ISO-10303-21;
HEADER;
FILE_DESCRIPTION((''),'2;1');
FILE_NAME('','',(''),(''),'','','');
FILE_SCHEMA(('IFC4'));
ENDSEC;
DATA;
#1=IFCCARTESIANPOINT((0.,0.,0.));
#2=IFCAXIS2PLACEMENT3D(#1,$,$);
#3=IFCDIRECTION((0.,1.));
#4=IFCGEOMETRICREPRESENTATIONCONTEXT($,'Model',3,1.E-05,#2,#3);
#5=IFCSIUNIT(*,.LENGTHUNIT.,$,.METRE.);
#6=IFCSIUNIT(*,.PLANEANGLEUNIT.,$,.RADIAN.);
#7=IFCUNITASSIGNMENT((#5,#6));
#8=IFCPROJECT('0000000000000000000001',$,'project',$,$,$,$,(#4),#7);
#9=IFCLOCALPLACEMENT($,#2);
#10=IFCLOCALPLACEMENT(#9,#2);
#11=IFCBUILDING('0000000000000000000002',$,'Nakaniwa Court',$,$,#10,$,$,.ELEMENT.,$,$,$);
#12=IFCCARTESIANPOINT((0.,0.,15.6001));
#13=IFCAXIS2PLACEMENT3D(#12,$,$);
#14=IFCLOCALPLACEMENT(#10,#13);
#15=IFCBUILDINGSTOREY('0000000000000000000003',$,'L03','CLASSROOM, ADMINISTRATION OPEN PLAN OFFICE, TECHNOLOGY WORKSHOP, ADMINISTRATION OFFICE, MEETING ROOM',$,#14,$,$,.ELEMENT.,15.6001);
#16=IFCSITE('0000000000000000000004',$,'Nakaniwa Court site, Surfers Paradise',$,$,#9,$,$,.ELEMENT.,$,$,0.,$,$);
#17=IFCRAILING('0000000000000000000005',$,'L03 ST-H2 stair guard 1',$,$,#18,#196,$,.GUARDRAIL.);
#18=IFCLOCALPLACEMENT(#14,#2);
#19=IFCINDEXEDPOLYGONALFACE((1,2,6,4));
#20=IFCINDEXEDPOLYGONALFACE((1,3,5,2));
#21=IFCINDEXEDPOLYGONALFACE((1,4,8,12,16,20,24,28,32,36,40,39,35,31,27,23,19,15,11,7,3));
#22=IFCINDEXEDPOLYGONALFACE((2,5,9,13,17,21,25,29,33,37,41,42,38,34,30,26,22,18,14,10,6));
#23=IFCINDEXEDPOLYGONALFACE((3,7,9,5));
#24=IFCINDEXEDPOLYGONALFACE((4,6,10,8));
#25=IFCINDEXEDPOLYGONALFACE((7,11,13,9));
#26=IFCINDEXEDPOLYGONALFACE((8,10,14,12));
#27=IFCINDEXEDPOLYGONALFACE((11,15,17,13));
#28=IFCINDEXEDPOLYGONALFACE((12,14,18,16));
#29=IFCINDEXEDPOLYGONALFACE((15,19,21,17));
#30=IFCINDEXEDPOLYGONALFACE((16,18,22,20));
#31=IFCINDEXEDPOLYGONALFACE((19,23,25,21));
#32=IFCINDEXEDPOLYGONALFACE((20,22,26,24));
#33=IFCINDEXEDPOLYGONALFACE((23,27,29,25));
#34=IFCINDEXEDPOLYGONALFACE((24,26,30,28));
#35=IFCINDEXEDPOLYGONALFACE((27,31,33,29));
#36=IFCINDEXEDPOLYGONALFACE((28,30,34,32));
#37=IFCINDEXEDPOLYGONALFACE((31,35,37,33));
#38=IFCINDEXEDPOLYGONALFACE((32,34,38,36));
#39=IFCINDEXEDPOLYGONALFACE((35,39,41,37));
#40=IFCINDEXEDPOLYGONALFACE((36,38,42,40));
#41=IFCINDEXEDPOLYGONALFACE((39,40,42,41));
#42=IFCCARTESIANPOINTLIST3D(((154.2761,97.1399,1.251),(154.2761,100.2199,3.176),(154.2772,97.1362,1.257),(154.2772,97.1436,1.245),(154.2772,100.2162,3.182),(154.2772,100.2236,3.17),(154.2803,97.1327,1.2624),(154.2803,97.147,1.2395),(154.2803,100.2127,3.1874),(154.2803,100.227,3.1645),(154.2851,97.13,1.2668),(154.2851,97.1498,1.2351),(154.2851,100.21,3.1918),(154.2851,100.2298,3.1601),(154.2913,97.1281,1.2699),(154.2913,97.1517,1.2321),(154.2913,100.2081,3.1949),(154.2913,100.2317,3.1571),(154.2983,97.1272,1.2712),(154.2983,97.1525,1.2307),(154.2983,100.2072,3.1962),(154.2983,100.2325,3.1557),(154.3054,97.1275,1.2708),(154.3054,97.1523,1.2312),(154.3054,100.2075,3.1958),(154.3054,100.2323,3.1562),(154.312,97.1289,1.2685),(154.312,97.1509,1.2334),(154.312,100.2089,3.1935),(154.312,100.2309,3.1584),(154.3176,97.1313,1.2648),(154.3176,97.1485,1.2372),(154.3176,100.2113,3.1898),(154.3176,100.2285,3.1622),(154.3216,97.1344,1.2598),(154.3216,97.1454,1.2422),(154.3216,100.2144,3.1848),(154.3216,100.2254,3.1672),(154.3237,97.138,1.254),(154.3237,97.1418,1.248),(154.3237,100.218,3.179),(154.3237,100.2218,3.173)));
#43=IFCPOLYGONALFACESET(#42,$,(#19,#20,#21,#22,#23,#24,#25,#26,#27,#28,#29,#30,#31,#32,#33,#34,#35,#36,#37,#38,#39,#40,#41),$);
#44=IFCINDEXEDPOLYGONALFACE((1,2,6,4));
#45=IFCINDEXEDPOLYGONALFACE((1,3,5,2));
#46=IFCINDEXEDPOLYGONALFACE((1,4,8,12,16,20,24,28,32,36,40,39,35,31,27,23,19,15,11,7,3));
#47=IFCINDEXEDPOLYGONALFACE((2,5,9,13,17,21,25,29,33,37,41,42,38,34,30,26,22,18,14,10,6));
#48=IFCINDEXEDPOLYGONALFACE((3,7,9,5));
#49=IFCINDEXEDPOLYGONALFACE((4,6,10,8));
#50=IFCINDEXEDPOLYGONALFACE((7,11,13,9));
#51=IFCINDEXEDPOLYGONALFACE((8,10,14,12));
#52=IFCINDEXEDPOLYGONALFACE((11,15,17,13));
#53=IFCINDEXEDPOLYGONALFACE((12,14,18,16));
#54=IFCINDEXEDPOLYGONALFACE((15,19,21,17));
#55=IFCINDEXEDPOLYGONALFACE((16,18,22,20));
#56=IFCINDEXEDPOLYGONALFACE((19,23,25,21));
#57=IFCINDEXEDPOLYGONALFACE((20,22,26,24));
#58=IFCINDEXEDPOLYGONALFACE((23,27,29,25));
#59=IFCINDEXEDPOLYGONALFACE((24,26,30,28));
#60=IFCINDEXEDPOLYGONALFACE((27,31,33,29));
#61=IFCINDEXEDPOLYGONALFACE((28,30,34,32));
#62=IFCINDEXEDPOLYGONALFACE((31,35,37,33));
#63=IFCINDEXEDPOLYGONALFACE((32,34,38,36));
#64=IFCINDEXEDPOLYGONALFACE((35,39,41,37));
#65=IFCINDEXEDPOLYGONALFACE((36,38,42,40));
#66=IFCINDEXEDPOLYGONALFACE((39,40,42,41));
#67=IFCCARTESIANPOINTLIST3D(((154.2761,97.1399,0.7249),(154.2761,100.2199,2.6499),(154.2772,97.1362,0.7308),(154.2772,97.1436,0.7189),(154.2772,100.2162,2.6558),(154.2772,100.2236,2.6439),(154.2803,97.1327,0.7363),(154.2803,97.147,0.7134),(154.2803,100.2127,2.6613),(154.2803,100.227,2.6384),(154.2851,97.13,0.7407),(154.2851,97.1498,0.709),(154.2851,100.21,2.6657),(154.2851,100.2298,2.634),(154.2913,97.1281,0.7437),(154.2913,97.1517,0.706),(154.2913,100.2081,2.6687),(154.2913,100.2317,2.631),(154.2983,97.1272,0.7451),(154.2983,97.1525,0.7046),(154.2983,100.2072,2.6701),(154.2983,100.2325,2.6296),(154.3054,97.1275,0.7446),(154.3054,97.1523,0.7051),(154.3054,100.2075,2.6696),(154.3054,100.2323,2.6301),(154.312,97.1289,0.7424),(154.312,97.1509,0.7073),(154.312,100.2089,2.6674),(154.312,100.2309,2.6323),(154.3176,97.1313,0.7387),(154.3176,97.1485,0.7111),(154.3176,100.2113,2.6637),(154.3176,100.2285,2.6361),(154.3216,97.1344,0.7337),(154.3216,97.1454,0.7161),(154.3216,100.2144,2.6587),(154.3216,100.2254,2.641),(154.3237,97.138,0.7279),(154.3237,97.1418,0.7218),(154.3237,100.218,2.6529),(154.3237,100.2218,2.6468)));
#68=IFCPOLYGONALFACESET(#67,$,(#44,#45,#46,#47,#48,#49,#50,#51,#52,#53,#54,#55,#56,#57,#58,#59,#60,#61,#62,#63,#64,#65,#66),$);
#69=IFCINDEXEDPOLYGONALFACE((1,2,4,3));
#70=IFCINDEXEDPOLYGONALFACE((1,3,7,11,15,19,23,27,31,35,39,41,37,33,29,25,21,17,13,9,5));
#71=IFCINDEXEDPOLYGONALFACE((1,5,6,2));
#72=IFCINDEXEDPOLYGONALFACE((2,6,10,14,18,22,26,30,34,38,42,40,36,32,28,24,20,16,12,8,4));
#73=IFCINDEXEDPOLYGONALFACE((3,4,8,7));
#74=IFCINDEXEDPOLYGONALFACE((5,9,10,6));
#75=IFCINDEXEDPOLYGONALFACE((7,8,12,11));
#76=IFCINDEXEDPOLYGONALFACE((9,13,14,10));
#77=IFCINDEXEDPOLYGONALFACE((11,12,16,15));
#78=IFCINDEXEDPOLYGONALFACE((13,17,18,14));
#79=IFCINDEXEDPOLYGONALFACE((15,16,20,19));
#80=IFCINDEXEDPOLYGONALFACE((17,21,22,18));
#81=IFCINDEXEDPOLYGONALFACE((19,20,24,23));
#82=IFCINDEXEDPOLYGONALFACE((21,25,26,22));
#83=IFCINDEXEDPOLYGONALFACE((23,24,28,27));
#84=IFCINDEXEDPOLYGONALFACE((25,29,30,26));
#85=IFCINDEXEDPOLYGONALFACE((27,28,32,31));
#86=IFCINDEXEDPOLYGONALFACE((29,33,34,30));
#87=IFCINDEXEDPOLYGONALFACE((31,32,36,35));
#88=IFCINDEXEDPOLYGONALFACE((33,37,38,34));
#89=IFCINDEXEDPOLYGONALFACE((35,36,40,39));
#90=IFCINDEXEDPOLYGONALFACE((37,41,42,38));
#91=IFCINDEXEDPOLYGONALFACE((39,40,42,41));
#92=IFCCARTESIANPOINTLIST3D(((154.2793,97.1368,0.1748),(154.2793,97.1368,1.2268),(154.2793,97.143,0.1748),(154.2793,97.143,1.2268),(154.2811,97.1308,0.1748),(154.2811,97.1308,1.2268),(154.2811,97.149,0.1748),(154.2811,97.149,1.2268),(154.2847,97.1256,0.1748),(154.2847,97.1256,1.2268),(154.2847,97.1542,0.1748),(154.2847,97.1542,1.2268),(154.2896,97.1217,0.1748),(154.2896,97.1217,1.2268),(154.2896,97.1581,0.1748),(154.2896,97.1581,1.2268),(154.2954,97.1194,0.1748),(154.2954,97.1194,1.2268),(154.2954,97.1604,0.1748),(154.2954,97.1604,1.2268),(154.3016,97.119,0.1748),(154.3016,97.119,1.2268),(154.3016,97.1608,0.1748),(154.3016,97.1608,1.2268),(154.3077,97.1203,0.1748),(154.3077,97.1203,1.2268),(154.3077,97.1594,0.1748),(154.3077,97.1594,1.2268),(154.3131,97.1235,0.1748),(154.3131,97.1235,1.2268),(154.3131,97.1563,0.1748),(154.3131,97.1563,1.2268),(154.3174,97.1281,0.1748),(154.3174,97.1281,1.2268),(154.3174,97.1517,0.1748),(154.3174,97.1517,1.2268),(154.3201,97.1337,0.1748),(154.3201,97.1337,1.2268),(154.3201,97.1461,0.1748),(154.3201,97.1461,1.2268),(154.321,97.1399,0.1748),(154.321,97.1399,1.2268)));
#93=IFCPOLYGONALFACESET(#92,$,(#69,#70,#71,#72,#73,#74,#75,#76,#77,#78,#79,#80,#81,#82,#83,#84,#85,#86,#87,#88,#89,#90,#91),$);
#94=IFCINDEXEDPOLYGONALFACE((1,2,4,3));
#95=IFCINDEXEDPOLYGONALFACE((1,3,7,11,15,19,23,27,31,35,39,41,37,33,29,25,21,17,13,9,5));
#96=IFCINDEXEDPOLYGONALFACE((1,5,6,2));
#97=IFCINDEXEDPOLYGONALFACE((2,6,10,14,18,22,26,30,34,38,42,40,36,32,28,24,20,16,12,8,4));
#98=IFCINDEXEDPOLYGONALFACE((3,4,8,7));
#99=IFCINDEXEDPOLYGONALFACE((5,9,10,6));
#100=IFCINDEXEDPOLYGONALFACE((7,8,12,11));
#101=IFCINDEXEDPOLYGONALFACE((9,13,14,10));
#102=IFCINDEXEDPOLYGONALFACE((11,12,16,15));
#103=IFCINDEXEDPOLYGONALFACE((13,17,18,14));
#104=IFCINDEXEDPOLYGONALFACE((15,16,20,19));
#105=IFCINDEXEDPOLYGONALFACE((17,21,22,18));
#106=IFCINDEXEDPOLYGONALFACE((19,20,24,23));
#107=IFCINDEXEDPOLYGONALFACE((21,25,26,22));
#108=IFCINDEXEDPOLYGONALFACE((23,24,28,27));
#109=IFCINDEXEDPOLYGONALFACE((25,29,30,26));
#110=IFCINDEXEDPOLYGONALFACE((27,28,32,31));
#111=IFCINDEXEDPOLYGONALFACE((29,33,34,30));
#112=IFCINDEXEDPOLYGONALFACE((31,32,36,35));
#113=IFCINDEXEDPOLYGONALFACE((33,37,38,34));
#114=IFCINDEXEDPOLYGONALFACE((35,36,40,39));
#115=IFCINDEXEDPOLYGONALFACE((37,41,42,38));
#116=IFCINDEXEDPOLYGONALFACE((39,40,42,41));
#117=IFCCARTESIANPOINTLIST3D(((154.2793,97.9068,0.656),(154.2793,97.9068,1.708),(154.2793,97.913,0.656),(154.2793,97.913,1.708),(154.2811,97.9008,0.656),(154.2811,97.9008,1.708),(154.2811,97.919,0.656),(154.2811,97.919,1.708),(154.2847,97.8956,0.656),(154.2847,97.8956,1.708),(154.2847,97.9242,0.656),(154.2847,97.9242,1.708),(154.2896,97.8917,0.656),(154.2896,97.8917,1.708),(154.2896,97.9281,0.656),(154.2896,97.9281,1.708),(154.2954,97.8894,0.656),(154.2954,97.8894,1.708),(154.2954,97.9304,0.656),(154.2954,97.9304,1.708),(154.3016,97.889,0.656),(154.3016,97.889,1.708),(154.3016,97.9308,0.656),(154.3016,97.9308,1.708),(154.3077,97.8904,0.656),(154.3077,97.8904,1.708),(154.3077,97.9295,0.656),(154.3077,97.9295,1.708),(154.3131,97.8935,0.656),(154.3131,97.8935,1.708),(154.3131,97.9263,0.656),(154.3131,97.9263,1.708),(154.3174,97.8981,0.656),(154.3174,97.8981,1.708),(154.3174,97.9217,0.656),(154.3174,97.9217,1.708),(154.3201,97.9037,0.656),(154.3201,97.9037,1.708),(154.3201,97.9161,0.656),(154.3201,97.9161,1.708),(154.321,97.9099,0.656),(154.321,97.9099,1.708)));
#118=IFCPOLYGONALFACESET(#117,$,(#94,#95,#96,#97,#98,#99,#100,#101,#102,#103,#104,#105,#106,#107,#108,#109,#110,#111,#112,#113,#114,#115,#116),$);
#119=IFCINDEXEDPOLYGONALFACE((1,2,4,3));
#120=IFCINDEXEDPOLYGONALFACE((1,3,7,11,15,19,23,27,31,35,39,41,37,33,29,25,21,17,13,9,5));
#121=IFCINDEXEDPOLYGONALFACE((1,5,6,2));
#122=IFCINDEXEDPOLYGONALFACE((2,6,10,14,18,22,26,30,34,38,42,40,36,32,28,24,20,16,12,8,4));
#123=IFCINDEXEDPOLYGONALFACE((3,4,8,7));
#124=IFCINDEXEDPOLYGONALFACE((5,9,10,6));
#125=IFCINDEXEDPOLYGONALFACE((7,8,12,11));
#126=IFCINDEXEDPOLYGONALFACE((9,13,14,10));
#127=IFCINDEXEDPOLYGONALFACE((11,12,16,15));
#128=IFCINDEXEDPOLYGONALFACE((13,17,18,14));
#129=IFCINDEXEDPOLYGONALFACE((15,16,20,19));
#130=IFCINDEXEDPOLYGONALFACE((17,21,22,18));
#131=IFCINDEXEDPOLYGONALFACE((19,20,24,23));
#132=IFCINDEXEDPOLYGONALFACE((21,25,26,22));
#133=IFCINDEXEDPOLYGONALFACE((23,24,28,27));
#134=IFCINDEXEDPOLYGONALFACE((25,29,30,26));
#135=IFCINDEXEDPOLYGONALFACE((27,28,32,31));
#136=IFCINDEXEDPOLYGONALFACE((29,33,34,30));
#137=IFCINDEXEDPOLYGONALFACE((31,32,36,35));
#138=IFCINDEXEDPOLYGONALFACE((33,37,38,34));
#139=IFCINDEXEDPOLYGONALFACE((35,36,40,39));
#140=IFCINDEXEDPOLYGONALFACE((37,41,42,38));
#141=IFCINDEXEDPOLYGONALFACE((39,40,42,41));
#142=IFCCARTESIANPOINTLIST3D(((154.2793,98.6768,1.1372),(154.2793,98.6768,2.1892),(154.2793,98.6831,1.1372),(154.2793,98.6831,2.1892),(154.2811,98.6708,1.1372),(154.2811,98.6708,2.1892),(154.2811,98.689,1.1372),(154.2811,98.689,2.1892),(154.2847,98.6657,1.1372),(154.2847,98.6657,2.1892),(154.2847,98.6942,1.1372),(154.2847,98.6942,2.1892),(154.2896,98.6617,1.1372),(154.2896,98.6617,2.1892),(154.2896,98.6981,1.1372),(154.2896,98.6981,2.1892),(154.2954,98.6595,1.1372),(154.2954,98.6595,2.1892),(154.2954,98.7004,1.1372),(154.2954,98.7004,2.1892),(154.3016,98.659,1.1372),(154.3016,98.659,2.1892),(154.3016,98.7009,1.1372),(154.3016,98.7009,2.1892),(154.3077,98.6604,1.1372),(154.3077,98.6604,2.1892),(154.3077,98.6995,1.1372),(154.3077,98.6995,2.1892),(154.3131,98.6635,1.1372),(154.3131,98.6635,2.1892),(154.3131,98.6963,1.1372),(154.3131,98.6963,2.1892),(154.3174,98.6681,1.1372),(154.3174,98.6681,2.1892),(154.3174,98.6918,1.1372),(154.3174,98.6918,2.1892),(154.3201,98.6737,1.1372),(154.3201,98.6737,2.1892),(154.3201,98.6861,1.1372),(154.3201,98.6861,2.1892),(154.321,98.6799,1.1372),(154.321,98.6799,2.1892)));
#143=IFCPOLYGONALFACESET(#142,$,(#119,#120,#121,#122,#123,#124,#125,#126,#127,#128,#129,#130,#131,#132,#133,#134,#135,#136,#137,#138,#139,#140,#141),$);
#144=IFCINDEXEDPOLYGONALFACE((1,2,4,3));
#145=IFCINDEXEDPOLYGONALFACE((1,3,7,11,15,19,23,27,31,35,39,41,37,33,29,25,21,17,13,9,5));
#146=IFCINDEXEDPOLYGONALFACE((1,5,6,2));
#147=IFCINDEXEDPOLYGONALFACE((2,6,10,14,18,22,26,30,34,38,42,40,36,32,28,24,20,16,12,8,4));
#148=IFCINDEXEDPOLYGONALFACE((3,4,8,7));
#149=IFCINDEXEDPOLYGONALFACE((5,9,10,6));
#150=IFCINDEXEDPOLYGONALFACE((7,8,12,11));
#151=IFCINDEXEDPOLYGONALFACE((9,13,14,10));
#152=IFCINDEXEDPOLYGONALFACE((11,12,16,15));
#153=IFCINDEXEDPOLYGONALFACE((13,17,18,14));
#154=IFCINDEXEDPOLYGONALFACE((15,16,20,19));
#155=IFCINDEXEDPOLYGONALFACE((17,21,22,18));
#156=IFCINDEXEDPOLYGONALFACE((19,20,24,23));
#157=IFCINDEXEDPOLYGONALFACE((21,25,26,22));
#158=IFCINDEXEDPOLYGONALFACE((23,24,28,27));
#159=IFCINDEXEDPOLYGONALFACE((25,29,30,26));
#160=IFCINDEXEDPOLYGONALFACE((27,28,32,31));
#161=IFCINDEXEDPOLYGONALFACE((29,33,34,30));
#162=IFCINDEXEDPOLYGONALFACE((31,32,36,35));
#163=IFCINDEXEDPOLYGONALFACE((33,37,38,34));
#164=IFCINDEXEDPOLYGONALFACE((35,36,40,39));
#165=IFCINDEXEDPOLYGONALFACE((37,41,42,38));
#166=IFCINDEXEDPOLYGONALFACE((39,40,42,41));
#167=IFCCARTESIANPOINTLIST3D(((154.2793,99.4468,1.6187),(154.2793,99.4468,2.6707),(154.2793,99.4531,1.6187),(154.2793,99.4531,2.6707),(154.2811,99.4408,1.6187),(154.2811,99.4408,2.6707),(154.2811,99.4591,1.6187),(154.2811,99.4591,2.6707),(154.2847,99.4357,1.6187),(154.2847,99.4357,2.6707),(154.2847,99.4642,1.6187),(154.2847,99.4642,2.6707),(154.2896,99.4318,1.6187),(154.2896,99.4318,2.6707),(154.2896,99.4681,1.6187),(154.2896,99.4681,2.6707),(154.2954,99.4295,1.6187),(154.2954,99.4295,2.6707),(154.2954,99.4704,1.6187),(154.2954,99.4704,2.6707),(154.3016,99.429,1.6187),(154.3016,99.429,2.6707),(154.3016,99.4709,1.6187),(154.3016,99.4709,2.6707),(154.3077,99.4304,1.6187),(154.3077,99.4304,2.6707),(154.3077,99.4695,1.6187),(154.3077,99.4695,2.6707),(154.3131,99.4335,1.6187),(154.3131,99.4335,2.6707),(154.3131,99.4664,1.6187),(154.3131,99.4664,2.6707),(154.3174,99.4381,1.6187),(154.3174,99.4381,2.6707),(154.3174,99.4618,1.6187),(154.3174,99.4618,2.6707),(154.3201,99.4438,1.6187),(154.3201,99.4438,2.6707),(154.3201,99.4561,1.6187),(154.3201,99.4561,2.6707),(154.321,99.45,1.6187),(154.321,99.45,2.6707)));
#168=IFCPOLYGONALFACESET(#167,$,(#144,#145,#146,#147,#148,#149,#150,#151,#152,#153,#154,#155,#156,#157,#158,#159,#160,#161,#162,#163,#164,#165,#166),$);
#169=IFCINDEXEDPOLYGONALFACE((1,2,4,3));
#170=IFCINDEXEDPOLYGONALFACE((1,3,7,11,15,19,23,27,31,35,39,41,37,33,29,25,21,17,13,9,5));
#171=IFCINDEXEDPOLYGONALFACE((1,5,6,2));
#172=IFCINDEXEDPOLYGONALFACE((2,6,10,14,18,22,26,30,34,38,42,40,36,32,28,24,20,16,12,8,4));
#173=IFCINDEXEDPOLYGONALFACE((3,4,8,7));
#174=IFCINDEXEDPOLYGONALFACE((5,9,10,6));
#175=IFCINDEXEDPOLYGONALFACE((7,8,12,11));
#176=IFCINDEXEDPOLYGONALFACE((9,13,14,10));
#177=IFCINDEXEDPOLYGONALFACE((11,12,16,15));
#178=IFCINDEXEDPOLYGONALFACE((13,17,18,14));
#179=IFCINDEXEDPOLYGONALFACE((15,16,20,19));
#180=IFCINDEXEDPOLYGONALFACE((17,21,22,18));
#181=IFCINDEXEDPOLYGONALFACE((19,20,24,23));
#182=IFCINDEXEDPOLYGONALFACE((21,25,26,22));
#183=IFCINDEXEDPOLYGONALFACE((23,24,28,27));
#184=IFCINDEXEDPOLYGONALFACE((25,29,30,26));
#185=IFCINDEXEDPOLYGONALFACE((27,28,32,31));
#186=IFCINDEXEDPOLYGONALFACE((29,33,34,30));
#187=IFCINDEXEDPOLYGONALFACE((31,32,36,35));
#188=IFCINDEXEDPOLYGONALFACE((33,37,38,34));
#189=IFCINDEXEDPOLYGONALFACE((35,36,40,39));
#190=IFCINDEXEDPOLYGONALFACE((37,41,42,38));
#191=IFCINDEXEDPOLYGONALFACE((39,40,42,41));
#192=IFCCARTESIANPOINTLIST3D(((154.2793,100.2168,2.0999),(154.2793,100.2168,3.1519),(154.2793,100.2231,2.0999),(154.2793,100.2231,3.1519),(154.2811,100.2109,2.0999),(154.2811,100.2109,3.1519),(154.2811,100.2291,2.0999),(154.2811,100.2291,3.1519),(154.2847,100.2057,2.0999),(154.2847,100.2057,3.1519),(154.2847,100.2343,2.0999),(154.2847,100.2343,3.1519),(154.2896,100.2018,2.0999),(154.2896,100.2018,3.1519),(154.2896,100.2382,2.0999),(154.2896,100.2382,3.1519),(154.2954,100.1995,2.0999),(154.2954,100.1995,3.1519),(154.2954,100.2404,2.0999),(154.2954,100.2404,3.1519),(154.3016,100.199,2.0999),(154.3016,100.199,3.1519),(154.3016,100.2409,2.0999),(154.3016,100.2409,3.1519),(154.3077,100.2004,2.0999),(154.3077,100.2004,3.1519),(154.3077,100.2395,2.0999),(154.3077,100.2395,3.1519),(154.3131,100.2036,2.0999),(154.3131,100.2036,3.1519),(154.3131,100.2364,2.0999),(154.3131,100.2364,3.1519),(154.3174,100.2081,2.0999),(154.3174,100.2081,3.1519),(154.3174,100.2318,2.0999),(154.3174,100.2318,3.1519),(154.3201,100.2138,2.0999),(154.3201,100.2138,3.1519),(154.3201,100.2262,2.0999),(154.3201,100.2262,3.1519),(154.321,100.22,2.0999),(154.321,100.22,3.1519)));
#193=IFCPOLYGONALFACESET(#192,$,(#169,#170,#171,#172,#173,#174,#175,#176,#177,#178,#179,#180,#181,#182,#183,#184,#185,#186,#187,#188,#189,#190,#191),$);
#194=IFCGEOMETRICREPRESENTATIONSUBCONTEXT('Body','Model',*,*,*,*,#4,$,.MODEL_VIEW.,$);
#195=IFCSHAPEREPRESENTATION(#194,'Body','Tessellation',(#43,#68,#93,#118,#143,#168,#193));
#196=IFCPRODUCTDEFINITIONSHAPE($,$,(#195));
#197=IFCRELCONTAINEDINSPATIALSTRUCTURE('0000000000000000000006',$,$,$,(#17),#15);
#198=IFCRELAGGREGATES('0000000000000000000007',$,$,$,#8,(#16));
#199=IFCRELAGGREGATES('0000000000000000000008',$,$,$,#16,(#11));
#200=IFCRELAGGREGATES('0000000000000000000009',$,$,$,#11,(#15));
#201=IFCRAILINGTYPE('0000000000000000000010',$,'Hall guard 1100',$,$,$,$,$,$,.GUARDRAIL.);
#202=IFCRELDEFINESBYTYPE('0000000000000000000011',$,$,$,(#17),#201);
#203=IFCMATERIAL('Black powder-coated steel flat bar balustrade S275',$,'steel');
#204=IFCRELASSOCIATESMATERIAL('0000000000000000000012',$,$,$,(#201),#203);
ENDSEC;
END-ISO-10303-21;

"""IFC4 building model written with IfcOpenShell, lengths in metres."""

from ifc_helpers import new_model, si_unit, direction, frame, origin, origin_2d, place, context, subcontext, project, spatial, circle, extrude, material, type_object, element, save


model = new_model("IFC4")

# Units and contexts
model_context = context("Model", 3, precision=1e-05, world=origin(), true_north=direction((0.0, 1.0)))
body_context = subcontext(model_context, "Body", "Model", "MODEL_VIEW")
ifc_project = project(units=[si_unit("LENGTHUNIT", "METRE"), si_unit("PLANEANGLEUNIT", "RADIAN")], contexts=[model_context])

# Site, building, storey
site_placement = place(None, origin())
site = spatial("IfcSite", under=ifc_project, at=site_placement, Name="Nakaniwa Court site, Surfers Paradise", CompositionType="ELEMENT", RefElevation=0.0)
building_placement = place(site_placement, origin())
building = spatial("IfcBuilding", under=site, at=building_placement, Name="Nakaniwa Court", CompositionType="ELEMENT")
storey_placement = place(building_placement, frame((0.0, 0.0, 15.6001)))
storey = spatial("IfcBuildingStorey", under=building, at=storey_placement, Name="L03", Description="CLASSROOM, ADMINISTRATION OPEN PLAN OFFICE, TECHNOLOGY WORKSHOP, ADMINISTRATION OFFICE, MEETING ROOM", CompositionType="ELEMENT", Elevation=15.6001)

# Railing
ifc_material_1 = material(Name="Black powder-coated steel flat bar balustrade S275", Category="steel")
railing_type_1 = type_object("IfcRailingType", Name="Hall guard 1100", PredefinedType="GUARDRAIL", material=ifc_material_1)
railing_1_placement = place(storey_placement, frame((154.3, 97.1399, 0.1748)))
element("IfcRailing", 1, at=railing_1_placement, inside=storey, type_object=railing_type_1, Name="L03 ST-H2 stair guard 1", PredefinedType="GUARDRAIL", context=body_context, shape_type="SweptSolid", body=[
    extrude(circle(Radius=0.0239, at=origin_2d()), frame((0.0, 0.0, 1.0762), z_axis=(0.0, 0.847998, 0.529999), x_axis=(-1.0, 0.0, 0.0)), (0.0, 0.0, 1.0), 3.6321),
    extrude(circle(Radius=0.0239, at=origin_2d()), frame((0.0, 0.0, 0.55), z_axis=(0.0, 0.847998, 0.529999), x_axis=(-1.0, 0.0, 0.0)), (0.0, 0.0, 1.0), 3.6321),
    extrude(circle(Radius=0.021, at=origin_2d()), origin(), (0.0, 0.0, 1.0), 1.052),
    extrude(circle(Radius=0.021, at=origin_2d()), frame((0.0, 0.77, 0.4812)), (0.0, 0.0, 1.0), 1.052),
    extrude(circle(Radius=0.021, at=origin_2d()), frame((0.0, 1.54, 0.9624)), (0.0, 0.0, 1.0), 1.052),
    extrude(circle(Radius=0.021, at=origin_2d()), frame((0.0, 2.3101, 1.4438)), (0.0, 0.0, 1.0), 1.052),
    extrude(circle(Radius=0.021, at=origin_2d()), frame((0.0, 3.0801, 1.925)), (0.0, 0.0, 1.0), 1.052),
])

save(model, "model.ifc")
